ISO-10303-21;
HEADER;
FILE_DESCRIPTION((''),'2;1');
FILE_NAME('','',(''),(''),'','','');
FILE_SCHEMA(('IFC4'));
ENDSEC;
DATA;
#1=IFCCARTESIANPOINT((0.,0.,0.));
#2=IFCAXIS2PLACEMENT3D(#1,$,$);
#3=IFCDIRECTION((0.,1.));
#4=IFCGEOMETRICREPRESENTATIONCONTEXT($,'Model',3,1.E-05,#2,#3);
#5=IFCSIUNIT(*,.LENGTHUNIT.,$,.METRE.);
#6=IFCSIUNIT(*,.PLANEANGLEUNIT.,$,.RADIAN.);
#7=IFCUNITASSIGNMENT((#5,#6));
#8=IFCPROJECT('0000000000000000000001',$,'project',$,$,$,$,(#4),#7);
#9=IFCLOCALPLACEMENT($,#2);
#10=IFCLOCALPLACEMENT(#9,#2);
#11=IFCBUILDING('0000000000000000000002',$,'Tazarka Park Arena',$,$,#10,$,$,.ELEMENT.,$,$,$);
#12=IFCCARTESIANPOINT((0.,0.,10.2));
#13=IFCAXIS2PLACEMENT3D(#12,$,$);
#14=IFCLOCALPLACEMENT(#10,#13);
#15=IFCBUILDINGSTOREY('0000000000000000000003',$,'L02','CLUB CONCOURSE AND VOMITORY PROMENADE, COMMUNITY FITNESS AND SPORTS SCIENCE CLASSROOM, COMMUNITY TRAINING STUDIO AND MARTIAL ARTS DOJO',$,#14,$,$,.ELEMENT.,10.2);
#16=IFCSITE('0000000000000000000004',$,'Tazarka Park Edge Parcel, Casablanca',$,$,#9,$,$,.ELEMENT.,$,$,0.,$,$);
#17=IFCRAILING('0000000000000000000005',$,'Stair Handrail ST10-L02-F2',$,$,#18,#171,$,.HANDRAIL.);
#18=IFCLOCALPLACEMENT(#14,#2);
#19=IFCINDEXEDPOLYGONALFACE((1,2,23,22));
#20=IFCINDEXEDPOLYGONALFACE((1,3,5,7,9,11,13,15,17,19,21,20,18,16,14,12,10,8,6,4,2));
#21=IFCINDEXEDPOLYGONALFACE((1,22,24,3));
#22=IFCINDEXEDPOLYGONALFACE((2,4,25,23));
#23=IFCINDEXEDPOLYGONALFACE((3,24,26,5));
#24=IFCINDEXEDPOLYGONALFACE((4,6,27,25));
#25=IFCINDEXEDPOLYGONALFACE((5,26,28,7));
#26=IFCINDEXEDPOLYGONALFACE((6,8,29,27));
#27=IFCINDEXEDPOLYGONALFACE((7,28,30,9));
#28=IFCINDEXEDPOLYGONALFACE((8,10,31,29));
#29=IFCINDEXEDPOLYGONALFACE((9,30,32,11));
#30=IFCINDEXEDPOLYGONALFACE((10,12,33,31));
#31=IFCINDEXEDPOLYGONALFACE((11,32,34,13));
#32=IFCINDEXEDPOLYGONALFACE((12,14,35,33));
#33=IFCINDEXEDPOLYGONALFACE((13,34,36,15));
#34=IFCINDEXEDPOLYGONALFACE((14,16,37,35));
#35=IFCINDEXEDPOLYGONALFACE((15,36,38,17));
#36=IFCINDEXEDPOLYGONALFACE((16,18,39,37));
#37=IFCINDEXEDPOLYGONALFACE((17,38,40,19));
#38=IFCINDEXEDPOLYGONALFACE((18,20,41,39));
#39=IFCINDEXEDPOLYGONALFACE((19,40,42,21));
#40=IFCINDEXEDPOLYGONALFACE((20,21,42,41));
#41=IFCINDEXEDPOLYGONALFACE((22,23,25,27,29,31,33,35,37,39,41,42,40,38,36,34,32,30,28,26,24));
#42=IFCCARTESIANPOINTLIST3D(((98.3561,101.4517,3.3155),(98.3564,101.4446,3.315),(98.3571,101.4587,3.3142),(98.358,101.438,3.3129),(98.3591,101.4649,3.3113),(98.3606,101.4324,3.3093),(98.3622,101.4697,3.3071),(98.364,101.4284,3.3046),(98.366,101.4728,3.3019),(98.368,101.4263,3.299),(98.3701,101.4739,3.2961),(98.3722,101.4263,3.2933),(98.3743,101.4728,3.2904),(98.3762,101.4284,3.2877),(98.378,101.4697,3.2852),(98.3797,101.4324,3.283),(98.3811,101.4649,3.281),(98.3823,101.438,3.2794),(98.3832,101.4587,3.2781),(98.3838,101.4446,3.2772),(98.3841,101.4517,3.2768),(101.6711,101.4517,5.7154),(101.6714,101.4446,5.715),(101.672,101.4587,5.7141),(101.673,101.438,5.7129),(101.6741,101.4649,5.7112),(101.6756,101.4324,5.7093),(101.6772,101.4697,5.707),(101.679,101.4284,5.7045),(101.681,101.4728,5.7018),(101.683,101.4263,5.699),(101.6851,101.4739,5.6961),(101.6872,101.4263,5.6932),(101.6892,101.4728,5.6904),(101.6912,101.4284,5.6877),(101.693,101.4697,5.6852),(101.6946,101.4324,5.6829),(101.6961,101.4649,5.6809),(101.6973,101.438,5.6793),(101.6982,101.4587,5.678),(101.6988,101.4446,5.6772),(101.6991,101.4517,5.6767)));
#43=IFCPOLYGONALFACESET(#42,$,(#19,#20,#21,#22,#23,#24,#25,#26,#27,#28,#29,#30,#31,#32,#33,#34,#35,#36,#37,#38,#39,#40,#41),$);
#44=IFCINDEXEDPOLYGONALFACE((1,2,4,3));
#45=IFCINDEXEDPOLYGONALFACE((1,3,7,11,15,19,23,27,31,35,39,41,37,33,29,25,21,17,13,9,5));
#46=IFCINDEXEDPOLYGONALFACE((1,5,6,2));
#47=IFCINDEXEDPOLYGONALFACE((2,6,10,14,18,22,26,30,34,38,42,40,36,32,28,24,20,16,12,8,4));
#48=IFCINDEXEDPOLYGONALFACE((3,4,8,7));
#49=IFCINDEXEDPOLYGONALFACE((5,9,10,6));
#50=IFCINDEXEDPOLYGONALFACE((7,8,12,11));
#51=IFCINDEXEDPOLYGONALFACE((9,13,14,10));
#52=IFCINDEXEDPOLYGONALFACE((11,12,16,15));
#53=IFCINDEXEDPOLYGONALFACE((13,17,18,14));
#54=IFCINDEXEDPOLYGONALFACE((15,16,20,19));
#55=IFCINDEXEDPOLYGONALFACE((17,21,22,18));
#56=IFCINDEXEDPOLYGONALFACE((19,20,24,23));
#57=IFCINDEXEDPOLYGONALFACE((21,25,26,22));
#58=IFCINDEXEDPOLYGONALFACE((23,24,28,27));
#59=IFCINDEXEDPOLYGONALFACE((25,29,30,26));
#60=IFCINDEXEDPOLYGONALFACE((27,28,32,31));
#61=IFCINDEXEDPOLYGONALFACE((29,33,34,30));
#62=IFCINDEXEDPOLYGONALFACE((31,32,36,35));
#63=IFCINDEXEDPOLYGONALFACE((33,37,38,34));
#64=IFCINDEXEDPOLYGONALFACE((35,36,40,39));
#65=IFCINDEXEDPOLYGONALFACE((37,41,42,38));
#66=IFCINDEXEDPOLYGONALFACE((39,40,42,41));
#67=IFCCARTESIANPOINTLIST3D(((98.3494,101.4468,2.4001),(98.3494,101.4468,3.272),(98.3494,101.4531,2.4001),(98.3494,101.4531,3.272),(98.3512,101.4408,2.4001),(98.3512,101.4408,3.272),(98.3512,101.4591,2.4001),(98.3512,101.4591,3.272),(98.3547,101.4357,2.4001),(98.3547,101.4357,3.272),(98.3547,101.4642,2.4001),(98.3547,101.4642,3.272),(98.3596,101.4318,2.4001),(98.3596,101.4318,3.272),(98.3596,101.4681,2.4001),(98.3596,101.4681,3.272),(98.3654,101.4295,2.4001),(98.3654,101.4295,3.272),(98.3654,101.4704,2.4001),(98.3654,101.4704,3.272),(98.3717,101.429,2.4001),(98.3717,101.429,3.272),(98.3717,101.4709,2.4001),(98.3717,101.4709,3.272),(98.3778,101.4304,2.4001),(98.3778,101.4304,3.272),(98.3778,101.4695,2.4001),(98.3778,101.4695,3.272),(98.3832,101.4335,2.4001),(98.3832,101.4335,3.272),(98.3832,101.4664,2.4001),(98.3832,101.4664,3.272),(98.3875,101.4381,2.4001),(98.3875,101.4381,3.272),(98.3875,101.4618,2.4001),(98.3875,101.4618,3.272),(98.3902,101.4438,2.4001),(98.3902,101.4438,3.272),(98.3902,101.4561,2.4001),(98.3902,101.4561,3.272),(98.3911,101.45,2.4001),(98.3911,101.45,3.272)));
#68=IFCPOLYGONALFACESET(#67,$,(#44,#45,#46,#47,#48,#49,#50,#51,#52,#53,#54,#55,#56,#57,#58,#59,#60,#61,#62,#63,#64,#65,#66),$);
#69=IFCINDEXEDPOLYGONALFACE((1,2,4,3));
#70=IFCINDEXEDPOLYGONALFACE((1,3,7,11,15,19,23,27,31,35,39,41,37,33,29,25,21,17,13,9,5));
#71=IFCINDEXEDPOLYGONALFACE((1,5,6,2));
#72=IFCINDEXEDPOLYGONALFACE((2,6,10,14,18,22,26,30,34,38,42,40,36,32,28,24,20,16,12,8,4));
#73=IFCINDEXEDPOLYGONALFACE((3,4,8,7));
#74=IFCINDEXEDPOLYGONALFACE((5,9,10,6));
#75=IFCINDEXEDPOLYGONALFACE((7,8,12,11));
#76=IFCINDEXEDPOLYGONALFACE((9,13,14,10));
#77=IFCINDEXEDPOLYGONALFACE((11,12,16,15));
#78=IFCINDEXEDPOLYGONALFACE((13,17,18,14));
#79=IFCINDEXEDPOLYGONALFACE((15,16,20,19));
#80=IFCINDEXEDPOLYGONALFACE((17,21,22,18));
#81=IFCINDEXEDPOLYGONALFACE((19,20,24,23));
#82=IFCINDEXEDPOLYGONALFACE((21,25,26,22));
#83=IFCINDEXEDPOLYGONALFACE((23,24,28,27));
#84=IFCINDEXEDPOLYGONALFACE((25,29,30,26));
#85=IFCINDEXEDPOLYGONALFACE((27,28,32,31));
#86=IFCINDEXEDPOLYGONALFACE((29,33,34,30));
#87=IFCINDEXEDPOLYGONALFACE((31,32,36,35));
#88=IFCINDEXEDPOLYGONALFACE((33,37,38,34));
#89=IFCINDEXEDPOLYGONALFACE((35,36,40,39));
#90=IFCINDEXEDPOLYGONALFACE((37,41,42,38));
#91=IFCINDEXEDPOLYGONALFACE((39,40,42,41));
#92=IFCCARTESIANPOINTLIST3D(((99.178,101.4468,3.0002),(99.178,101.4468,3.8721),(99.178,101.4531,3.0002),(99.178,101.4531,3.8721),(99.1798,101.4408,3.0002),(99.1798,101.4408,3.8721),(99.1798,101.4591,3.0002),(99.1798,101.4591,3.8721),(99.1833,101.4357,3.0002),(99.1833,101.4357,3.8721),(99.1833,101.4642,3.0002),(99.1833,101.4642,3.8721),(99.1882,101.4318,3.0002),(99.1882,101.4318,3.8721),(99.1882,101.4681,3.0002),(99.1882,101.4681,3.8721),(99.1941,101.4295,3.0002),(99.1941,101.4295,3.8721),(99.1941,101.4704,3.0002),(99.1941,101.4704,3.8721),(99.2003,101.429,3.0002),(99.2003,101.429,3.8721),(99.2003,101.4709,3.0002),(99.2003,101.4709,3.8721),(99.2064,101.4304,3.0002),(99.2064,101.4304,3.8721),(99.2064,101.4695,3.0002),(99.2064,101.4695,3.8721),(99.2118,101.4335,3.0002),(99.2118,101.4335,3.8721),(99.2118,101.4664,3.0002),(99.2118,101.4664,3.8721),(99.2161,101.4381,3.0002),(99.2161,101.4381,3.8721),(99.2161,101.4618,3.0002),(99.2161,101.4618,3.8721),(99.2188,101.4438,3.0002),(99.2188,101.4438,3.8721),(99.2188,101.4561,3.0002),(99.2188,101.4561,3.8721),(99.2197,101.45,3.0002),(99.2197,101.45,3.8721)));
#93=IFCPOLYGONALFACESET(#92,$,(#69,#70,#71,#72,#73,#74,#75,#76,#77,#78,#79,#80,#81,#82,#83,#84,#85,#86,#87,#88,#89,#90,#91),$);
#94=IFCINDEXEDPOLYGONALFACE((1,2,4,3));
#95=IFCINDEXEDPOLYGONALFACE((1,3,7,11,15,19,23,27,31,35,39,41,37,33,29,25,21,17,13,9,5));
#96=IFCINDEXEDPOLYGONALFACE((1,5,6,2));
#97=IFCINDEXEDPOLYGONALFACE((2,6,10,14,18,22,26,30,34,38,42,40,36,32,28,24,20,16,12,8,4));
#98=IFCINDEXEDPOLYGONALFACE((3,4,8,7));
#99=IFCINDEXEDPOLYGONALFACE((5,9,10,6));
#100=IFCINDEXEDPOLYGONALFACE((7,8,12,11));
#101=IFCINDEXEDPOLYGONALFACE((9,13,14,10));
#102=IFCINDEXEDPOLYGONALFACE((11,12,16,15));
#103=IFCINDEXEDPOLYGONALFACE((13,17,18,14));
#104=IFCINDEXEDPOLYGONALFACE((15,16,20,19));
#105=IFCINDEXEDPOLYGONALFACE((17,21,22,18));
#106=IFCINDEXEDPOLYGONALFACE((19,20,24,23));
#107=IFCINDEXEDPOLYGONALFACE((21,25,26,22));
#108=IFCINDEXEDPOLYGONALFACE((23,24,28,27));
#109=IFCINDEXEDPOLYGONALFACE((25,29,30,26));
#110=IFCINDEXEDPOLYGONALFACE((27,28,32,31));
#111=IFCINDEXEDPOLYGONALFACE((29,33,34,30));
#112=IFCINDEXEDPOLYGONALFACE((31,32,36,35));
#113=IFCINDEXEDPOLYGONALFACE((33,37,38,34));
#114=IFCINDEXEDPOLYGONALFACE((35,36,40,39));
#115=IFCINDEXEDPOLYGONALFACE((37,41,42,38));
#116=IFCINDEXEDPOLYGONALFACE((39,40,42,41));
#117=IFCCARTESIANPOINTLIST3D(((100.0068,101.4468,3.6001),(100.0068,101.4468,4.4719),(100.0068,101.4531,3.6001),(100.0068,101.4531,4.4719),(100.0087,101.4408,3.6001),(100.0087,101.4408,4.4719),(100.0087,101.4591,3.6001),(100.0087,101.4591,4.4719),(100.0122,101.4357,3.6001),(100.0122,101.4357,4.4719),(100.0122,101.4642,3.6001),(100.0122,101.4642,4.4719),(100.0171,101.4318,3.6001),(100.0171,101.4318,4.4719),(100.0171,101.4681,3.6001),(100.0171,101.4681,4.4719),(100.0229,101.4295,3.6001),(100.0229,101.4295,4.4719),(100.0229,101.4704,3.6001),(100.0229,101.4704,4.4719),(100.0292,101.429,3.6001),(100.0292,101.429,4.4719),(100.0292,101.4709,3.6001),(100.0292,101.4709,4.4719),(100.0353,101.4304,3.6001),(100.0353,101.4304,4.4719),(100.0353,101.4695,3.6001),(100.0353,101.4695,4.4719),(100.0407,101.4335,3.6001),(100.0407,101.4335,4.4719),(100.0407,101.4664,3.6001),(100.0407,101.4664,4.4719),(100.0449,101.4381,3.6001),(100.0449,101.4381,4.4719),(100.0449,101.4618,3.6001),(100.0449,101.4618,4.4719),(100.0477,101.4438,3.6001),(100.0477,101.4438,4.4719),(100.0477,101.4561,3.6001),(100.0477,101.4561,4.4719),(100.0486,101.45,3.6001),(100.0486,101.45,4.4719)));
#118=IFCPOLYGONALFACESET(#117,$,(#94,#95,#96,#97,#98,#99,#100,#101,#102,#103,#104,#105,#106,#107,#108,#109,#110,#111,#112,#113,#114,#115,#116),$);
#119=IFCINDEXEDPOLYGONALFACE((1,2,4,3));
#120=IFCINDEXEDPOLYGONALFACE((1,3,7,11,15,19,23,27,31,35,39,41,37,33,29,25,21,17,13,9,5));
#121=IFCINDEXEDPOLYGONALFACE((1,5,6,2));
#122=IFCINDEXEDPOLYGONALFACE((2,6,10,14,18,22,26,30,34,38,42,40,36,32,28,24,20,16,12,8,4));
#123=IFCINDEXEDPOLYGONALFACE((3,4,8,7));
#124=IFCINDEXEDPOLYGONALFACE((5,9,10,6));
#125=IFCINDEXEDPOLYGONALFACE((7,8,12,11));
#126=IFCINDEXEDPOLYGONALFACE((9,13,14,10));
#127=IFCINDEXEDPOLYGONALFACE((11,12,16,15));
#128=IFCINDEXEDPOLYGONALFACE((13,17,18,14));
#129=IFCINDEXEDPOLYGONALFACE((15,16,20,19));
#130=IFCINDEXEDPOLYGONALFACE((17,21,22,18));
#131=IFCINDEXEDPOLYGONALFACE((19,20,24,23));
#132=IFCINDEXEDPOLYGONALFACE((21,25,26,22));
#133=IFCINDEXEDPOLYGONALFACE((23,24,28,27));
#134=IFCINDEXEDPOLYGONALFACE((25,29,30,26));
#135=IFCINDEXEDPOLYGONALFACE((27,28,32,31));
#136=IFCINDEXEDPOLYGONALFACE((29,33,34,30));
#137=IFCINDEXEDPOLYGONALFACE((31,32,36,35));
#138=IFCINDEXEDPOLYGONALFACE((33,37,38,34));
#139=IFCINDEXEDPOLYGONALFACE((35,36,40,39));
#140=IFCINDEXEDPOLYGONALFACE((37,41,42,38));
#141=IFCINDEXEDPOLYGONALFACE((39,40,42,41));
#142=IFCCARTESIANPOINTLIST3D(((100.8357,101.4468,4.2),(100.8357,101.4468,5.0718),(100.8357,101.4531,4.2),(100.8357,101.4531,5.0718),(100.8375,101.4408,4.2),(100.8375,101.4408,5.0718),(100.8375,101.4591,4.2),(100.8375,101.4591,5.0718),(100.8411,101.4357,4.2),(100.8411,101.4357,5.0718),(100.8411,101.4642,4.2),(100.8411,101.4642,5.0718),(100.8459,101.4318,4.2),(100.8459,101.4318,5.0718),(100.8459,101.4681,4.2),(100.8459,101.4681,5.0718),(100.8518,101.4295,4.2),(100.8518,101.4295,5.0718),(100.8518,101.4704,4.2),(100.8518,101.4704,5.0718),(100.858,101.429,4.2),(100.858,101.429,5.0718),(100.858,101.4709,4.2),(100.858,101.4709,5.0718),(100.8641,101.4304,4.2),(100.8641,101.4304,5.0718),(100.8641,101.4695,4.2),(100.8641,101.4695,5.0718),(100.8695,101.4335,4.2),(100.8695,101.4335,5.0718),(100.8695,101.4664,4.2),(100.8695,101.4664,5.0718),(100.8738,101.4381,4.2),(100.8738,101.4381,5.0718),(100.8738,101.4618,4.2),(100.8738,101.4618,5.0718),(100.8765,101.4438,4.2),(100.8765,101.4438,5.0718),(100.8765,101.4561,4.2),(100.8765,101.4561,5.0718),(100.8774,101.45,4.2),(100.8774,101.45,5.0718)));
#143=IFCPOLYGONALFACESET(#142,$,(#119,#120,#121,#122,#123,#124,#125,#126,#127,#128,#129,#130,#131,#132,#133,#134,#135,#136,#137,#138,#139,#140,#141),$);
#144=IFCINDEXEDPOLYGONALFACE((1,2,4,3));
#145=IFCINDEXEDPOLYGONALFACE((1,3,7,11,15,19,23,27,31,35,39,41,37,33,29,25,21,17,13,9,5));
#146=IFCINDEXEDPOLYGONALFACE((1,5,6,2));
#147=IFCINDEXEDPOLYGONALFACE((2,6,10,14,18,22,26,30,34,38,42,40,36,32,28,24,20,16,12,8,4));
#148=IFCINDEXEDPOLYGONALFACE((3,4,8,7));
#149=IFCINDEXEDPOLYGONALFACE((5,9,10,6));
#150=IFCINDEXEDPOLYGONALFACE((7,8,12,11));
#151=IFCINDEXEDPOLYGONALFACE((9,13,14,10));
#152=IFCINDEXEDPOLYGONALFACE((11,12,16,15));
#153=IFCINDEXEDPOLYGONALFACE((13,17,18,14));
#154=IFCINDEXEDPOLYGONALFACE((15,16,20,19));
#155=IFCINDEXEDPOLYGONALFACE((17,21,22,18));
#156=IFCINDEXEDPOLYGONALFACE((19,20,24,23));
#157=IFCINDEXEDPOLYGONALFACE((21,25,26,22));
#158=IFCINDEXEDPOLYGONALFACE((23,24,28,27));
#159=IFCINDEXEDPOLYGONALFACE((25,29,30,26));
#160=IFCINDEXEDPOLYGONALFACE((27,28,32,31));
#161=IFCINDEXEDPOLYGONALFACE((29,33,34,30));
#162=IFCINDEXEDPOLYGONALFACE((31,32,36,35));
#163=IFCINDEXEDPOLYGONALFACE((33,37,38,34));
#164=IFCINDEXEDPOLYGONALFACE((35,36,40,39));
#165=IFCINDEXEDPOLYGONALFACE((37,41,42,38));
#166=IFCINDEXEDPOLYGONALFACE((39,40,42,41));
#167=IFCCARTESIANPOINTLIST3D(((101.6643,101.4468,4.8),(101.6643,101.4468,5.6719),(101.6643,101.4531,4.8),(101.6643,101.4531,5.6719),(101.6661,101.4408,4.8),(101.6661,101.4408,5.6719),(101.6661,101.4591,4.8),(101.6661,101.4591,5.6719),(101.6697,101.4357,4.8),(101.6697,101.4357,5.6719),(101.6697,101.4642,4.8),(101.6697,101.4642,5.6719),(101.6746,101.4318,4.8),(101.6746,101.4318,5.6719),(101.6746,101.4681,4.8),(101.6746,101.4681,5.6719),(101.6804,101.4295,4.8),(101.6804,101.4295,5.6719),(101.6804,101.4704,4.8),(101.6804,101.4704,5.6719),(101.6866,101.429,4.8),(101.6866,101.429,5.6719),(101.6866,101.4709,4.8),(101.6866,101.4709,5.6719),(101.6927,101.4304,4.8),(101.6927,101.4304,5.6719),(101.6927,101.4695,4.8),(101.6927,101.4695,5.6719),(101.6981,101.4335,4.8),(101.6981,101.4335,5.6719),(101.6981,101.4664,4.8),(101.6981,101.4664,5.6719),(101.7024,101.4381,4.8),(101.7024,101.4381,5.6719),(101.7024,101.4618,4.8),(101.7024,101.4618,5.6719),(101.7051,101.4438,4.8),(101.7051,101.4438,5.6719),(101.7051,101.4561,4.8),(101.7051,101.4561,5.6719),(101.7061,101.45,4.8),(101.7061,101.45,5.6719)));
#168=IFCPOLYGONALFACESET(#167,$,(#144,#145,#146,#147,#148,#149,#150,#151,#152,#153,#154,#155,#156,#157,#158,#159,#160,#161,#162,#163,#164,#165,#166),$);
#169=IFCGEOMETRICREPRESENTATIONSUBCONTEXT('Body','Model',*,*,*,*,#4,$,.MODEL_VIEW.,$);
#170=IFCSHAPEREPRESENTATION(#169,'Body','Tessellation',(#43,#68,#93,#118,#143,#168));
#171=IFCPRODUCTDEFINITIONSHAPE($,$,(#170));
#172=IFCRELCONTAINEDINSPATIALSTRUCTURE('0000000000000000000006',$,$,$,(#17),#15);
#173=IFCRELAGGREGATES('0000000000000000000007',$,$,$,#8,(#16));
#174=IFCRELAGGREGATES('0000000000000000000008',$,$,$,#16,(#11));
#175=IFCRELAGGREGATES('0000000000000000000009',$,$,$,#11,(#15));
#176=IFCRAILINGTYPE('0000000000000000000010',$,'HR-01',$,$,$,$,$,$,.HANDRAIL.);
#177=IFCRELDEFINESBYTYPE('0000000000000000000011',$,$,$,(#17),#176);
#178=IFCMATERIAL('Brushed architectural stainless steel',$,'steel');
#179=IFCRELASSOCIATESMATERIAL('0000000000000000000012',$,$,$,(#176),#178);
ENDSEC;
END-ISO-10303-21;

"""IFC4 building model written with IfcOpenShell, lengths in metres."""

from ifc_helpers import new_model, si_unit, direction, frame, origin, origin_2d, place, context, subcontext, project, spatial, circle, extrude, material, type_object, element, save


model = new_model("IFC4")

# Units and contexts
model_context = context("Model", 3, precision=1e-05, world=origin(), true_north=direction((0.0, 1.0)))
body_context = subcontext(model_context, "Body", "Model", "MODEL_VIEW")
ifc_project = project(units=[si_unit("LENGTHUNIT", "METRE"), si_unit("PLANEANGLEUNIT", "RADIAN")], contexts=[model_context])

# Site, building, storey
site_placement = place(None, origin())
site = spatial("IfcSite", under=ifc_project, at=site_placement, Name="Tazarka Park Edge Parcel, Casablanca", CompositionType="ELEMENT", RefElevation=0.0)
building_placement = place(site_placement, origin())
building = spatial("IfcBuilding", under=site, at=building_placement, Name="Tazarka Park Arena", CompositionType="ELEMENT")
storey_placement = place(building_placement, frame((0.0, 0.0, 10.2)))
storey = spatial("IfcBuildingStorey", under=building, at=storey_placement, Name="L02", Description="CLUB CONCOURSE AND VOMITORY PROMENADE, COMMUNITY FITNESS AND SPORTS SCIENCE CLASSROOM, COMMUNITY TRAINING STUDIO AND MARTIAL ARTS DOJO", CompositionType="ELEMENT", Elevation=10.2)

# Railing
ifc_material_1 = material(Name="Brushed architectural stainless steel", Category="steel")
railing_type_1 = type_object("IfcRailingType", Name="HR-01", PredefinedType="HANDRAIL", material=ifc_material_1)
railing_1_placement = place(storey_placement, frame((98.3701, 101.45, 2.4001)))
element("IfcRailing", 1, at=railing_1_placement, inside=storey, type_object=railing_type_1, Name="Stair Handrail ST10-L02-F2", PredefinedType="HANDRAIL", context=body_context, shape_type="SweptSolid", body=[
    extrude(circle(Radius=0.0239, at=origin_2d()), frame((0.0, 0.0, 0.896), z_axis=(0.810009, 0.0, 0.586418), x_axis=(0.0, 1.0, 0.0)), (0.0, 0.0, 1.0), 4.0925),
    extrude(circle(Radius=0.021, at=origin_2d()), origin(), (0.0, 0.0, 1.0), 0.8718),
    extrude(circle(Radius=0.021, at=origin_2d()), frame((0.8286, 0.0, 0.6001)), (0.0, 0.0, 1.0), 0.8718),
    extrude(circle(Radius=0.021, at=origin_2d()), frame((1.6575, 0.0, 1.2)), (0.0, 0.0, 1.0), 0.8718),
    extrude(circle(Radius=0.021, at=origin_2d()), frame((2.4863, 0.0, 1.7998)), (0.0, 0.0, 1.0), 0.8718),
    extrude(circle(Radius=0.021, at=origin_2d()), frame((3.3149, 0.0, 2.3999)), (0.0, 0.0, 1.0), 0.8718),
])

save(model, "model.ifc")
